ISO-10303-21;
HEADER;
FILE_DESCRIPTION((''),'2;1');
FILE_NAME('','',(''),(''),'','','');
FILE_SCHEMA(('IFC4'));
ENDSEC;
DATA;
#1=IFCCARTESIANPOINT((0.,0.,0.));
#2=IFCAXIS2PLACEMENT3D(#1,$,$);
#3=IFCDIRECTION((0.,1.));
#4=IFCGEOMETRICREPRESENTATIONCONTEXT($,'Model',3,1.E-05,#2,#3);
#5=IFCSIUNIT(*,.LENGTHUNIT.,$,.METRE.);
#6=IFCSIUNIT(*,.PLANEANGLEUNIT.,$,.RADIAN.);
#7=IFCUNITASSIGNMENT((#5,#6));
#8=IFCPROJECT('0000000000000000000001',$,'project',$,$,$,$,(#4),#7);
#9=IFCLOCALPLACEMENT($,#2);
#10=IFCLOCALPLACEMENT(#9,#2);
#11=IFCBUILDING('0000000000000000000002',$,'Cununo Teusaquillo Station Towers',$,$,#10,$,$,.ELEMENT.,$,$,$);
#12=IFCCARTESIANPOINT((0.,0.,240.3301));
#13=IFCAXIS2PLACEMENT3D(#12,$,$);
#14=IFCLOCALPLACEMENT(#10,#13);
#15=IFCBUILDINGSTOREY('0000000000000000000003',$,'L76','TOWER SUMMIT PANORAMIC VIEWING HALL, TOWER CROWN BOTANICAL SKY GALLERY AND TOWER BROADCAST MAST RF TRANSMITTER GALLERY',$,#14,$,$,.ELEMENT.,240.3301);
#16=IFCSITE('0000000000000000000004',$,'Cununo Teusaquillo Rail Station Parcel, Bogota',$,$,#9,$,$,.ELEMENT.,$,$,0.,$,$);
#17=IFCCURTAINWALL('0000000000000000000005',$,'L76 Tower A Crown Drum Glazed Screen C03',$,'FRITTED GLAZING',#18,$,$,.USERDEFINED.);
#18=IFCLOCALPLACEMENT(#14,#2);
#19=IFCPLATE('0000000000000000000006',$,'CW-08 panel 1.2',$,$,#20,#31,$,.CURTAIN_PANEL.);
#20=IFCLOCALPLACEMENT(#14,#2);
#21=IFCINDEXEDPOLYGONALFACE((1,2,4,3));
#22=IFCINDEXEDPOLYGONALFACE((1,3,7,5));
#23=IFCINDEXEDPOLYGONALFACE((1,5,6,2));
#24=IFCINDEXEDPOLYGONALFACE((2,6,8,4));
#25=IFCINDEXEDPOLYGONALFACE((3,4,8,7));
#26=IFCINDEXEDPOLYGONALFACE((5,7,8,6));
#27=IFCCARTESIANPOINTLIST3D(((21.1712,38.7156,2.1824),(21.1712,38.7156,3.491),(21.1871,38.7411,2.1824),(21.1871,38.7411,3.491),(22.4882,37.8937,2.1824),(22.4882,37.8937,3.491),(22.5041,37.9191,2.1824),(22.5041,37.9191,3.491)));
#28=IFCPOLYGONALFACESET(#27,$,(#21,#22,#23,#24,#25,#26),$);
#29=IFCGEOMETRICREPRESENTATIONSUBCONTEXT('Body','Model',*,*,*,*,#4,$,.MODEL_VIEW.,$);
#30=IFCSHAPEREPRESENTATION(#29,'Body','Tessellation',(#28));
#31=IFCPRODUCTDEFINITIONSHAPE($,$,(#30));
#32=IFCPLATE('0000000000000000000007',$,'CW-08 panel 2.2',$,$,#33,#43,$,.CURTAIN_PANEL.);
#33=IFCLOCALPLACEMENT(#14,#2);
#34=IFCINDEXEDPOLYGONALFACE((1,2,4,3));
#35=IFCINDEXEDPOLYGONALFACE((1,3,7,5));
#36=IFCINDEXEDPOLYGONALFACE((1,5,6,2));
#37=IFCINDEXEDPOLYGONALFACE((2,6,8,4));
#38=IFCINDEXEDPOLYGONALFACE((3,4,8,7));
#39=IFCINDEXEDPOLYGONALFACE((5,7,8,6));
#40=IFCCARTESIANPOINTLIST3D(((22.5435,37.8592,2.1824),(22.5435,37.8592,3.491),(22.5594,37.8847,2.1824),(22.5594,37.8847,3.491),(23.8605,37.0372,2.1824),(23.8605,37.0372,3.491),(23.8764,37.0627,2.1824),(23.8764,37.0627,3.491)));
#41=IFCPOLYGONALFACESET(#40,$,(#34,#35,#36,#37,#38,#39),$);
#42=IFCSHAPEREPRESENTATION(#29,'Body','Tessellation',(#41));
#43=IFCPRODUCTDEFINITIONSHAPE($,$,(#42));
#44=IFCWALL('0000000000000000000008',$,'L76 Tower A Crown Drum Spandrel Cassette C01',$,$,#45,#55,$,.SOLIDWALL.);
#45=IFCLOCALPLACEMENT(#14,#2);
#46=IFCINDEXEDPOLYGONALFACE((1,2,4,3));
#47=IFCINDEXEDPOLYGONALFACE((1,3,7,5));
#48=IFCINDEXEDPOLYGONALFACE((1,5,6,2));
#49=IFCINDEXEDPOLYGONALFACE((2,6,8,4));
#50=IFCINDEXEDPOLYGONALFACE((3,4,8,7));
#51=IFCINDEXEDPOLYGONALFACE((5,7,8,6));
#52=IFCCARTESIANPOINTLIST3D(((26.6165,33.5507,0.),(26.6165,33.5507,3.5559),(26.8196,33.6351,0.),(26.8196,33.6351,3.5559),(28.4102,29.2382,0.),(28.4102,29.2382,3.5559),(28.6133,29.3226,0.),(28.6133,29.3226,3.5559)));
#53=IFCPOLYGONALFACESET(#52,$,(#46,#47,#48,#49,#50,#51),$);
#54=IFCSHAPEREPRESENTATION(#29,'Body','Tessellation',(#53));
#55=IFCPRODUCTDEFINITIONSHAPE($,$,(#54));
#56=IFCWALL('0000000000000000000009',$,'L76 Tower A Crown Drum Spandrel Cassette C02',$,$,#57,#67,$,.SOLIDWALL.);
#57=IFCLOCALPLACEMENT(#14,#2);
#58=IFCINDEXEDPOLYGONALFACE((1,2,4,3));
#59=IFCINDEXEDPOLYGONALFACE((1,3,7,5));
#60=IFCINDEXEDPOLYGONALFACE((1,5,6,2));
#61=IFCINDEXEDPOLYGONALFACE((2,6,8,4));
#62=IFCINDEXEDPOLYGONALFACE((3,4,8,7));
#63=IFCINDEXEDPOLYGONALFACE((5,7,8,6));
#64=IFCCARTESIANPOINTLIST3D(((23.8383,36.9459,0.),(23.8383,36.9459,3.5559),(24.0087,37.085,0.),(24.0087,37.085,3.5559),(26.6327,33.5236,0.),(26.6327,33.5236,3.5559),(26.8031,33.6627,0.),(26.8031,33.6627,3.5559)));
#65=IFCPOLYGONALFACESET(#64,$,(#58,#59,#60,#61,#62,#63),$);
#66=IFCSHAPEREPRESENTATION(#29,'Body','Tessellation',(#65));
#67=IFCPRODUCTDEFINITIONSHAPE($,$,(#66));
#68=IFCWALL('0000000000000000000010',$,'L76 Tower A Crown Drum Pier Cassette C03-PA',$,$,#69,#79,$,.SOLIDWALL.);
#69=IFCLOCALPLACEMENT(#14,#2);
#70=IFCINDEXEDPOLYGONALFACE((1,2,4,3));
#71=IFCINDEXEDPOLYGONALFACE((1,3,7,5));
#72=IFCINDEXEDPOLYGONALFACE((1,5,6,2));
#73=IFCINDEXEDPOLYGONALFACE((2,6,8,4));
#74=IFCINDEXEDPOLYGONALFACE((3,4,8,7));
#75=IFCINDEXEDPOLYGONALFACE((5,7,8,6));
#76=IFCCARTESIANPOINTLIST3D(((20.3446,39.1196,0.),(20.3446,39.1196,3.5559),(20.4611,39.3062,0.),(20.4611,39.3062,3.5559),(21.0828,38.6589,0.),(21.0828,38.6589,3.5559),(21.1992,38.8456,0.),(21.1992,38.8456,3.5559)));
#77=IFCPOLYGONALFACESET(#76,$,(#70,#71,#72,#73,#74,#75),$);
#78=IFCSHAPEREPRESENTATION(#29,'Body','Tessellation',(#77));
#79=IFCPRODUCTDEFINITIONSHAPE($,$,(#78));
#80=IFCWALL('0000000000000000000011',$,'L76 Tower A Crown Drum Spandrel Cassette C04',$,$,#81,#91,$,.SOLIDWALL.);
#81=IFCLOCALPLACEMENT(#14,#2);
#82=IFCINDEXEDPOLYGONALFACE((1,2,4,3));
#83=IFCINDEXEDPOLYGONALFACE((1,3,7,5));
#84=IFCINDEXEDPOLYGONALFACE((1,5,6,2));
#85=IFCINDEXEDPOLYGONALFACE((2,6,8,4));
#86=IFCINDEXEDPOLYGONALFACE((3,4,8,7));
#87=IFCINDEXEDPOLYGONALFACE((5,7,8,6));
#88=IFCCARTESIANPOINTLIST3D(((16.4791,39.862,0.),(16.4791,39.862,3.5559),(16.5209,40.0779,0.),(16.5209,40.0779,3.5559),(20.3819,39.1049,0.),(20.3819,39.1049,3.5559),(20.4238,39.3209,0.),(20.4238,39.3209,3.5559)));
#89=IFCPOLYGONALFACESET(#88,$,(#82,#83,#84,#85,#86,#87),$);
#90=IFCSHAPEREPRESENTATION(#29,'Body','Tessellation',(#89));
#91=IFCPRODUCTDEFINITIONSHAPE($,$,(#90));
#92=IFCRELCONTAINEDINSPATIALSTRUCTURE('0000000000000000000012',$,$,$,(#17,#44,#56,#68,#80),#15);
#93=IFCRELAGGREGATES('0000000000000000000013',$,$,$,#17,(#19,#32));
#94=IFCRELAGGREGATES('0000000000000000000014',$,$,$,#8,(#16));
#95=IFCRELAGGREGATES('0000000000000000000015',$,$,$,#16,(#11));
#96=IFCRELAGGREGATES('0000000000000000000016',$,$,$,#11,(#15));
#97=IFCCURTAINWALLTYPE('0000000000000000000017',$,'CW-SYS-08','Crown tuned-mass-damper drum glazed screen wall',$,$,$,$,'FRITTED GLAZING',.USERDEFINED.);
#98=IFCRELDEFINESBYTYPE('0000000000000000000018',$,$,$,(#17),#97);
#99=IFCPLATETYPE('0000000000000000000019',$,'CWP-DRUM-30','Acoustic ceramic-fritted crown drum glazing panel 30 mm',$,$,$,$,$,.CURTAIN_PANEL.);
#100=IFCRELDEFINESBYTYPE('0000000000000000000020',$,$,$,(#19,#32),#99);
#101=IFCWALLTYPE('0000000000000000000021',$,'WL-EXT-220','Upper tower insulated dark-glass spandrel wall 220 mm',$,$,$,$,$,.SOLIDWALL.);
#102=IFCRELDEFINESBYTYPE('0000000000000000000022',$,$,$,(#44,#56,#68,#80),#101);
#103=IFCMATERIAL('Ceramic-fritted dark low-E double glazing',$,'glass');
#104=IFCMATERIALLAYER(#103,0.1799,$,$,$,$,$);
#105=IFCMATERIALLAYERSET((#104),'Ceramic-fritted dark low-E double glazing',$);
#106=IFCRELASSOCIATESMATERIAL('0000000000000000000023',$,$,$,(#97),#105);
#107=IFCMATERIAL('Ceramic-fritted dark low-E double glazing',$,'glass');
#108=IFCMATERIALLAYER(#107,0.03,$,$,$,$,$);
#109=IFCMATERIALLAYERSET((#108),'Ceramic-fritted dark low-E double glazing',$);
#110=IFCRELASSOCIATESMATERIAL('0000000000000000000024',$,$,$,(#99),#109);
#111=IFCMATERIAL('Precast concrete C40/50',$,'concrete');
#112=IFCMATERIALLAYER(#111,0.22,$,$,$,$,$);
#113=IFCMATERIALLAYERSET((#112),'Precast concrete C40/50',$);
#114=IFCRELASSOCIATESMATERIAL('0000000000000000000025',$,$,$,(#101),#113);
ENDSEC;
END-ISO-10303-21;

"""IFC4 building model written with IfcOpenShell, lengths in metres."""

from ifc_helpers import new_model, si_unit, direction, frame, frame_2d, origin, origin_2d, place, context, subcontext, project, spatial, rectangle, extrude, source, transform, mapped, material, layer, layer_set, type_object, element, aggregate, save


model = new_model("IFC4")

# Units and contexts
model_context = context("Model", 3, precision=1e-05, world=origin(), true_north=direction((0.0, 1.0)))
body_context = subcontext(model_context, "Body", "Model", "MODEL_VIEW")
ifc_project = project(units=[si_unit("LENGTHUNIT", "METRE"), si_unit("PLANEANGLEUNIT", "RADIAN")], contexts=[model_context])

# Site, building, storey
site_placement = place(None, origin())
site = spatial("IfcSite", under=ifc_project, at=site_placement, Name="Cununo Teusaquillo Rail Station Parcel, Bogota", CompositionType="ELEMENT", RefElevation=0.0)
building_placement = place(site_placement, origin())
building = spatial("IfcBuilding", under=site, at=building_placement, Name="Cununo Teusaquillo Station Towers", CompositionType="ELEMENT")
storey_placement = place(building_placement, frame((0.0, 0.0, 240.3301)))
storey = spatial("IfcBuildingStorey", under=building, at=storey_placement, Name="L76", Description="TOWER SUMMIT PANORAMIC VIEWING HALL, TOWER CROWN BOTANICAL SKY GALLERY AND TOWER BROADCAST MAST RF TRANSMITTER GALLERY", CompositionType="ELEMENT", Elevation=240.3301)

# Curtain wall
ifc_material_1 = material(Name="Ceramic-fritted dark low-E double glazing", Category="glass")
ifc_layer_1 = layer(ifc_material_1, 0.1799)
ifc_layer_set_1 = layer_set([ifc_layer_1], Name="Ceramic-fritted dark low-E double glazing")
curtain_wall_type = type_object("IfcCurtainWallType", Name="CW-SYS-08", Description="Crown tuned-mass-damper drum glazed screen wall", ElementType="FRITTED GLAZING", PredefinedType="USERDEFINED", material=ifc_layer_set_1)
curtain_wall_placement = place(storey_placement, origin())
curtain_wall = element("IfcCurtainWall", 1, at=curtain_wall_placement, inside=storey, type_object=curtain_wall_type, Name="L76 Tower A Crown Drum Glazed Screen C03", ObjectType="FRITTED GLAZING", PredefinedType="USERDEFINED")

# Plates
ifc_material_2 = material(Name="Ceramic-fritted dark low-E double glazing", Category="glass")
ifc_layer_2 = layer(ifc_material_2, 0.03)
ifc_layer_set_2 = layer_set([ifc_layer_2], Name="Ceramic-fritted dark low-E double glazing")
plate_type_1 = type_object("IfcPlateType", Name="CWP-DRUM-30", Description="Acoustic ceramic-fritted crown drum glazing panel 30 mm", PredefinedType="CURTAIN_PANEL", material=ifc_layer_set_2)
shared_shape_1 = source(origin(), body_context, "Body", "SweptSolid", [
    extrude(rectangle(XDim=1.5525, YDim=0.03, at=origin_2d()), origin(), (0.0, 0.0, 1.0), 1.3086),
])
plate_1_placement = place(storey_placement, frame((21.8376, 38.3174, 2.1824), z_axis=(0.0, 0.0, 1.0), x_axis=(0.84834, -0.529451, 0.0)))
plate_1 = element("IfcPlate", 2, at=plate_1_placement, type_object=plate_type_1, Name="CW-08 panel 1.2", PredefinedType="CURTAIN_PANEL", context=body_context, shape_type="MappedRepresentation", body=[
    mapped(shared_shape_1, transform((0.0, 0.0, 0.0), x_axis=(1.0, 0.0, 0.0), y_axis=(0.0, 1.0, 0.0), z_axis=(0.0, 0.0, 1.0), scale=1.0)),
])
plate_2_placement = place(storey_placement, frame((23.21, 37.4609, 2.1824), z_axis=(0.0, 0.0, 1.0), x_axis=(0.84834, -0.529451, 0.0)))
plate_2 = element("IfcPlate", 3, at=plate_2_placement, type_object=plate_type_1, Name="CW-08 panel 2.2", PredefinedType="CURTAIN_PANEL", context=body_context, shape_type="MappedRepresentation", body=[
    mapped(shared_shape_1, transform((0.0, 0.0, 0.0), x_axis=(1.0, 0.0, 0.0), y_axis=(0.0, 1.0, 0.0), z_axis=(0.0, 0.0, 1.0), scale=1.0)),
])
aggregate(curtain_wall, [plate_1, plate_2])

# Walls
ifc_material_3 = material(Name="Precast concrete C40/50", Category="concrete")
ifc_layer_3 = layer(ifc_material_3, 0.22)
ifc_layer_set_3 = layer_set([ifc_layer_3], Name="Precast concrete C40/50")
wall_type = type_object("IfcWallType", Name="WL-EXT-220", Description="Upper tower insulated dark-glass spandrel wall 220 mm", PredefinedType="SOLIDWALL", material=ifc_layer_set_3)
wall_1_placement = place(storey_placement, frame((26.718, 33.593, 0.0), z_axis=(0.0, 0.0, 1.0), x_axis=(0.384036, -0.923318, 0.0)))
element("IfcWall", 4, at=wall_1_placement, inside=storey, type_object=wall_type, Name="L76 Tower A Crown Drum Spandrel Cassette C01", PredefinedType="SOLIDWALL", context=body_context, shape_type="SweptSolid", body=[
    extrude(rectangle(XDim=4.6707, YDim=0.22, at=frame_2d((2.3354, 0.0))), origin(), (0.0, 0.0, 1.0), 3.5559),
])
wall_2_placement = place(storey_placement, frame((23.9236, 37.0154, 0.0), z_axis=(0.0, 0.0, 1.0), x_axis=(0.632467, -0.774587, 0.0)))
element("IfcWall", 5, at=wall_2_placement, inside=storey, type_object=wall_type, Name="L76 Tower A Crown Drum Spandrel Cassette C02", PredefinedType="SOLIDWALL", context=body_context, shape_type="SweptSolid", body=[
    extrude(rectangle(XDim=4.4182, YDim=0.22, at=frame_2d((2.209, 0.0))), origin(), (0.0, 0.0, 1.0), 3.5559),
])
wall_3_placement = place(storey_placement, frame((20.4028, 39.2129, 0.0), z_axis=(0.0, 0.0, 1.0), x_axis=(0.848376, -0.529394, 0.0)))
element("IfcWall", 6, at=wall_3_placement, inside=storey, type_object=wall_type, Name="L76 Tower A Crown Drum Pier Cassette C03-PA", PredefinedType="SOLIDWALL", context=body_context, shape_type="SweptSolid", body=[
    extrude(rectangle(XDim=0.8701, YDim=0.22, at=frame_2d((0.4351, 0.0))), origin(), (0.0, 0.0, 1.0), 3.5559),
])
wall_4_placement = place(storey_placement, frame((16.5, 39.97, 0.0), z_axis=(0.0, 0.0, 1.0), x_axis=(0.9817, -0.190432, 0.0)))
element("IfcWall", 7, at=wall_4_placement, inside=storey, type_object=wall_type, Name="L76 Tower A Crown Drum Spandrel Cassette C04", PredefinedType="SOLIDWALL", context=body_context, shape_type="SweptSolid", body=[
    extrude(rectangle(XDim=3.9756, YDim=0.22, at=frame_2d((1.9878, 0.0))), origin(), (0.0, 0.0, 1.0), 3.5559),
])

save(model, "model.ifc")
